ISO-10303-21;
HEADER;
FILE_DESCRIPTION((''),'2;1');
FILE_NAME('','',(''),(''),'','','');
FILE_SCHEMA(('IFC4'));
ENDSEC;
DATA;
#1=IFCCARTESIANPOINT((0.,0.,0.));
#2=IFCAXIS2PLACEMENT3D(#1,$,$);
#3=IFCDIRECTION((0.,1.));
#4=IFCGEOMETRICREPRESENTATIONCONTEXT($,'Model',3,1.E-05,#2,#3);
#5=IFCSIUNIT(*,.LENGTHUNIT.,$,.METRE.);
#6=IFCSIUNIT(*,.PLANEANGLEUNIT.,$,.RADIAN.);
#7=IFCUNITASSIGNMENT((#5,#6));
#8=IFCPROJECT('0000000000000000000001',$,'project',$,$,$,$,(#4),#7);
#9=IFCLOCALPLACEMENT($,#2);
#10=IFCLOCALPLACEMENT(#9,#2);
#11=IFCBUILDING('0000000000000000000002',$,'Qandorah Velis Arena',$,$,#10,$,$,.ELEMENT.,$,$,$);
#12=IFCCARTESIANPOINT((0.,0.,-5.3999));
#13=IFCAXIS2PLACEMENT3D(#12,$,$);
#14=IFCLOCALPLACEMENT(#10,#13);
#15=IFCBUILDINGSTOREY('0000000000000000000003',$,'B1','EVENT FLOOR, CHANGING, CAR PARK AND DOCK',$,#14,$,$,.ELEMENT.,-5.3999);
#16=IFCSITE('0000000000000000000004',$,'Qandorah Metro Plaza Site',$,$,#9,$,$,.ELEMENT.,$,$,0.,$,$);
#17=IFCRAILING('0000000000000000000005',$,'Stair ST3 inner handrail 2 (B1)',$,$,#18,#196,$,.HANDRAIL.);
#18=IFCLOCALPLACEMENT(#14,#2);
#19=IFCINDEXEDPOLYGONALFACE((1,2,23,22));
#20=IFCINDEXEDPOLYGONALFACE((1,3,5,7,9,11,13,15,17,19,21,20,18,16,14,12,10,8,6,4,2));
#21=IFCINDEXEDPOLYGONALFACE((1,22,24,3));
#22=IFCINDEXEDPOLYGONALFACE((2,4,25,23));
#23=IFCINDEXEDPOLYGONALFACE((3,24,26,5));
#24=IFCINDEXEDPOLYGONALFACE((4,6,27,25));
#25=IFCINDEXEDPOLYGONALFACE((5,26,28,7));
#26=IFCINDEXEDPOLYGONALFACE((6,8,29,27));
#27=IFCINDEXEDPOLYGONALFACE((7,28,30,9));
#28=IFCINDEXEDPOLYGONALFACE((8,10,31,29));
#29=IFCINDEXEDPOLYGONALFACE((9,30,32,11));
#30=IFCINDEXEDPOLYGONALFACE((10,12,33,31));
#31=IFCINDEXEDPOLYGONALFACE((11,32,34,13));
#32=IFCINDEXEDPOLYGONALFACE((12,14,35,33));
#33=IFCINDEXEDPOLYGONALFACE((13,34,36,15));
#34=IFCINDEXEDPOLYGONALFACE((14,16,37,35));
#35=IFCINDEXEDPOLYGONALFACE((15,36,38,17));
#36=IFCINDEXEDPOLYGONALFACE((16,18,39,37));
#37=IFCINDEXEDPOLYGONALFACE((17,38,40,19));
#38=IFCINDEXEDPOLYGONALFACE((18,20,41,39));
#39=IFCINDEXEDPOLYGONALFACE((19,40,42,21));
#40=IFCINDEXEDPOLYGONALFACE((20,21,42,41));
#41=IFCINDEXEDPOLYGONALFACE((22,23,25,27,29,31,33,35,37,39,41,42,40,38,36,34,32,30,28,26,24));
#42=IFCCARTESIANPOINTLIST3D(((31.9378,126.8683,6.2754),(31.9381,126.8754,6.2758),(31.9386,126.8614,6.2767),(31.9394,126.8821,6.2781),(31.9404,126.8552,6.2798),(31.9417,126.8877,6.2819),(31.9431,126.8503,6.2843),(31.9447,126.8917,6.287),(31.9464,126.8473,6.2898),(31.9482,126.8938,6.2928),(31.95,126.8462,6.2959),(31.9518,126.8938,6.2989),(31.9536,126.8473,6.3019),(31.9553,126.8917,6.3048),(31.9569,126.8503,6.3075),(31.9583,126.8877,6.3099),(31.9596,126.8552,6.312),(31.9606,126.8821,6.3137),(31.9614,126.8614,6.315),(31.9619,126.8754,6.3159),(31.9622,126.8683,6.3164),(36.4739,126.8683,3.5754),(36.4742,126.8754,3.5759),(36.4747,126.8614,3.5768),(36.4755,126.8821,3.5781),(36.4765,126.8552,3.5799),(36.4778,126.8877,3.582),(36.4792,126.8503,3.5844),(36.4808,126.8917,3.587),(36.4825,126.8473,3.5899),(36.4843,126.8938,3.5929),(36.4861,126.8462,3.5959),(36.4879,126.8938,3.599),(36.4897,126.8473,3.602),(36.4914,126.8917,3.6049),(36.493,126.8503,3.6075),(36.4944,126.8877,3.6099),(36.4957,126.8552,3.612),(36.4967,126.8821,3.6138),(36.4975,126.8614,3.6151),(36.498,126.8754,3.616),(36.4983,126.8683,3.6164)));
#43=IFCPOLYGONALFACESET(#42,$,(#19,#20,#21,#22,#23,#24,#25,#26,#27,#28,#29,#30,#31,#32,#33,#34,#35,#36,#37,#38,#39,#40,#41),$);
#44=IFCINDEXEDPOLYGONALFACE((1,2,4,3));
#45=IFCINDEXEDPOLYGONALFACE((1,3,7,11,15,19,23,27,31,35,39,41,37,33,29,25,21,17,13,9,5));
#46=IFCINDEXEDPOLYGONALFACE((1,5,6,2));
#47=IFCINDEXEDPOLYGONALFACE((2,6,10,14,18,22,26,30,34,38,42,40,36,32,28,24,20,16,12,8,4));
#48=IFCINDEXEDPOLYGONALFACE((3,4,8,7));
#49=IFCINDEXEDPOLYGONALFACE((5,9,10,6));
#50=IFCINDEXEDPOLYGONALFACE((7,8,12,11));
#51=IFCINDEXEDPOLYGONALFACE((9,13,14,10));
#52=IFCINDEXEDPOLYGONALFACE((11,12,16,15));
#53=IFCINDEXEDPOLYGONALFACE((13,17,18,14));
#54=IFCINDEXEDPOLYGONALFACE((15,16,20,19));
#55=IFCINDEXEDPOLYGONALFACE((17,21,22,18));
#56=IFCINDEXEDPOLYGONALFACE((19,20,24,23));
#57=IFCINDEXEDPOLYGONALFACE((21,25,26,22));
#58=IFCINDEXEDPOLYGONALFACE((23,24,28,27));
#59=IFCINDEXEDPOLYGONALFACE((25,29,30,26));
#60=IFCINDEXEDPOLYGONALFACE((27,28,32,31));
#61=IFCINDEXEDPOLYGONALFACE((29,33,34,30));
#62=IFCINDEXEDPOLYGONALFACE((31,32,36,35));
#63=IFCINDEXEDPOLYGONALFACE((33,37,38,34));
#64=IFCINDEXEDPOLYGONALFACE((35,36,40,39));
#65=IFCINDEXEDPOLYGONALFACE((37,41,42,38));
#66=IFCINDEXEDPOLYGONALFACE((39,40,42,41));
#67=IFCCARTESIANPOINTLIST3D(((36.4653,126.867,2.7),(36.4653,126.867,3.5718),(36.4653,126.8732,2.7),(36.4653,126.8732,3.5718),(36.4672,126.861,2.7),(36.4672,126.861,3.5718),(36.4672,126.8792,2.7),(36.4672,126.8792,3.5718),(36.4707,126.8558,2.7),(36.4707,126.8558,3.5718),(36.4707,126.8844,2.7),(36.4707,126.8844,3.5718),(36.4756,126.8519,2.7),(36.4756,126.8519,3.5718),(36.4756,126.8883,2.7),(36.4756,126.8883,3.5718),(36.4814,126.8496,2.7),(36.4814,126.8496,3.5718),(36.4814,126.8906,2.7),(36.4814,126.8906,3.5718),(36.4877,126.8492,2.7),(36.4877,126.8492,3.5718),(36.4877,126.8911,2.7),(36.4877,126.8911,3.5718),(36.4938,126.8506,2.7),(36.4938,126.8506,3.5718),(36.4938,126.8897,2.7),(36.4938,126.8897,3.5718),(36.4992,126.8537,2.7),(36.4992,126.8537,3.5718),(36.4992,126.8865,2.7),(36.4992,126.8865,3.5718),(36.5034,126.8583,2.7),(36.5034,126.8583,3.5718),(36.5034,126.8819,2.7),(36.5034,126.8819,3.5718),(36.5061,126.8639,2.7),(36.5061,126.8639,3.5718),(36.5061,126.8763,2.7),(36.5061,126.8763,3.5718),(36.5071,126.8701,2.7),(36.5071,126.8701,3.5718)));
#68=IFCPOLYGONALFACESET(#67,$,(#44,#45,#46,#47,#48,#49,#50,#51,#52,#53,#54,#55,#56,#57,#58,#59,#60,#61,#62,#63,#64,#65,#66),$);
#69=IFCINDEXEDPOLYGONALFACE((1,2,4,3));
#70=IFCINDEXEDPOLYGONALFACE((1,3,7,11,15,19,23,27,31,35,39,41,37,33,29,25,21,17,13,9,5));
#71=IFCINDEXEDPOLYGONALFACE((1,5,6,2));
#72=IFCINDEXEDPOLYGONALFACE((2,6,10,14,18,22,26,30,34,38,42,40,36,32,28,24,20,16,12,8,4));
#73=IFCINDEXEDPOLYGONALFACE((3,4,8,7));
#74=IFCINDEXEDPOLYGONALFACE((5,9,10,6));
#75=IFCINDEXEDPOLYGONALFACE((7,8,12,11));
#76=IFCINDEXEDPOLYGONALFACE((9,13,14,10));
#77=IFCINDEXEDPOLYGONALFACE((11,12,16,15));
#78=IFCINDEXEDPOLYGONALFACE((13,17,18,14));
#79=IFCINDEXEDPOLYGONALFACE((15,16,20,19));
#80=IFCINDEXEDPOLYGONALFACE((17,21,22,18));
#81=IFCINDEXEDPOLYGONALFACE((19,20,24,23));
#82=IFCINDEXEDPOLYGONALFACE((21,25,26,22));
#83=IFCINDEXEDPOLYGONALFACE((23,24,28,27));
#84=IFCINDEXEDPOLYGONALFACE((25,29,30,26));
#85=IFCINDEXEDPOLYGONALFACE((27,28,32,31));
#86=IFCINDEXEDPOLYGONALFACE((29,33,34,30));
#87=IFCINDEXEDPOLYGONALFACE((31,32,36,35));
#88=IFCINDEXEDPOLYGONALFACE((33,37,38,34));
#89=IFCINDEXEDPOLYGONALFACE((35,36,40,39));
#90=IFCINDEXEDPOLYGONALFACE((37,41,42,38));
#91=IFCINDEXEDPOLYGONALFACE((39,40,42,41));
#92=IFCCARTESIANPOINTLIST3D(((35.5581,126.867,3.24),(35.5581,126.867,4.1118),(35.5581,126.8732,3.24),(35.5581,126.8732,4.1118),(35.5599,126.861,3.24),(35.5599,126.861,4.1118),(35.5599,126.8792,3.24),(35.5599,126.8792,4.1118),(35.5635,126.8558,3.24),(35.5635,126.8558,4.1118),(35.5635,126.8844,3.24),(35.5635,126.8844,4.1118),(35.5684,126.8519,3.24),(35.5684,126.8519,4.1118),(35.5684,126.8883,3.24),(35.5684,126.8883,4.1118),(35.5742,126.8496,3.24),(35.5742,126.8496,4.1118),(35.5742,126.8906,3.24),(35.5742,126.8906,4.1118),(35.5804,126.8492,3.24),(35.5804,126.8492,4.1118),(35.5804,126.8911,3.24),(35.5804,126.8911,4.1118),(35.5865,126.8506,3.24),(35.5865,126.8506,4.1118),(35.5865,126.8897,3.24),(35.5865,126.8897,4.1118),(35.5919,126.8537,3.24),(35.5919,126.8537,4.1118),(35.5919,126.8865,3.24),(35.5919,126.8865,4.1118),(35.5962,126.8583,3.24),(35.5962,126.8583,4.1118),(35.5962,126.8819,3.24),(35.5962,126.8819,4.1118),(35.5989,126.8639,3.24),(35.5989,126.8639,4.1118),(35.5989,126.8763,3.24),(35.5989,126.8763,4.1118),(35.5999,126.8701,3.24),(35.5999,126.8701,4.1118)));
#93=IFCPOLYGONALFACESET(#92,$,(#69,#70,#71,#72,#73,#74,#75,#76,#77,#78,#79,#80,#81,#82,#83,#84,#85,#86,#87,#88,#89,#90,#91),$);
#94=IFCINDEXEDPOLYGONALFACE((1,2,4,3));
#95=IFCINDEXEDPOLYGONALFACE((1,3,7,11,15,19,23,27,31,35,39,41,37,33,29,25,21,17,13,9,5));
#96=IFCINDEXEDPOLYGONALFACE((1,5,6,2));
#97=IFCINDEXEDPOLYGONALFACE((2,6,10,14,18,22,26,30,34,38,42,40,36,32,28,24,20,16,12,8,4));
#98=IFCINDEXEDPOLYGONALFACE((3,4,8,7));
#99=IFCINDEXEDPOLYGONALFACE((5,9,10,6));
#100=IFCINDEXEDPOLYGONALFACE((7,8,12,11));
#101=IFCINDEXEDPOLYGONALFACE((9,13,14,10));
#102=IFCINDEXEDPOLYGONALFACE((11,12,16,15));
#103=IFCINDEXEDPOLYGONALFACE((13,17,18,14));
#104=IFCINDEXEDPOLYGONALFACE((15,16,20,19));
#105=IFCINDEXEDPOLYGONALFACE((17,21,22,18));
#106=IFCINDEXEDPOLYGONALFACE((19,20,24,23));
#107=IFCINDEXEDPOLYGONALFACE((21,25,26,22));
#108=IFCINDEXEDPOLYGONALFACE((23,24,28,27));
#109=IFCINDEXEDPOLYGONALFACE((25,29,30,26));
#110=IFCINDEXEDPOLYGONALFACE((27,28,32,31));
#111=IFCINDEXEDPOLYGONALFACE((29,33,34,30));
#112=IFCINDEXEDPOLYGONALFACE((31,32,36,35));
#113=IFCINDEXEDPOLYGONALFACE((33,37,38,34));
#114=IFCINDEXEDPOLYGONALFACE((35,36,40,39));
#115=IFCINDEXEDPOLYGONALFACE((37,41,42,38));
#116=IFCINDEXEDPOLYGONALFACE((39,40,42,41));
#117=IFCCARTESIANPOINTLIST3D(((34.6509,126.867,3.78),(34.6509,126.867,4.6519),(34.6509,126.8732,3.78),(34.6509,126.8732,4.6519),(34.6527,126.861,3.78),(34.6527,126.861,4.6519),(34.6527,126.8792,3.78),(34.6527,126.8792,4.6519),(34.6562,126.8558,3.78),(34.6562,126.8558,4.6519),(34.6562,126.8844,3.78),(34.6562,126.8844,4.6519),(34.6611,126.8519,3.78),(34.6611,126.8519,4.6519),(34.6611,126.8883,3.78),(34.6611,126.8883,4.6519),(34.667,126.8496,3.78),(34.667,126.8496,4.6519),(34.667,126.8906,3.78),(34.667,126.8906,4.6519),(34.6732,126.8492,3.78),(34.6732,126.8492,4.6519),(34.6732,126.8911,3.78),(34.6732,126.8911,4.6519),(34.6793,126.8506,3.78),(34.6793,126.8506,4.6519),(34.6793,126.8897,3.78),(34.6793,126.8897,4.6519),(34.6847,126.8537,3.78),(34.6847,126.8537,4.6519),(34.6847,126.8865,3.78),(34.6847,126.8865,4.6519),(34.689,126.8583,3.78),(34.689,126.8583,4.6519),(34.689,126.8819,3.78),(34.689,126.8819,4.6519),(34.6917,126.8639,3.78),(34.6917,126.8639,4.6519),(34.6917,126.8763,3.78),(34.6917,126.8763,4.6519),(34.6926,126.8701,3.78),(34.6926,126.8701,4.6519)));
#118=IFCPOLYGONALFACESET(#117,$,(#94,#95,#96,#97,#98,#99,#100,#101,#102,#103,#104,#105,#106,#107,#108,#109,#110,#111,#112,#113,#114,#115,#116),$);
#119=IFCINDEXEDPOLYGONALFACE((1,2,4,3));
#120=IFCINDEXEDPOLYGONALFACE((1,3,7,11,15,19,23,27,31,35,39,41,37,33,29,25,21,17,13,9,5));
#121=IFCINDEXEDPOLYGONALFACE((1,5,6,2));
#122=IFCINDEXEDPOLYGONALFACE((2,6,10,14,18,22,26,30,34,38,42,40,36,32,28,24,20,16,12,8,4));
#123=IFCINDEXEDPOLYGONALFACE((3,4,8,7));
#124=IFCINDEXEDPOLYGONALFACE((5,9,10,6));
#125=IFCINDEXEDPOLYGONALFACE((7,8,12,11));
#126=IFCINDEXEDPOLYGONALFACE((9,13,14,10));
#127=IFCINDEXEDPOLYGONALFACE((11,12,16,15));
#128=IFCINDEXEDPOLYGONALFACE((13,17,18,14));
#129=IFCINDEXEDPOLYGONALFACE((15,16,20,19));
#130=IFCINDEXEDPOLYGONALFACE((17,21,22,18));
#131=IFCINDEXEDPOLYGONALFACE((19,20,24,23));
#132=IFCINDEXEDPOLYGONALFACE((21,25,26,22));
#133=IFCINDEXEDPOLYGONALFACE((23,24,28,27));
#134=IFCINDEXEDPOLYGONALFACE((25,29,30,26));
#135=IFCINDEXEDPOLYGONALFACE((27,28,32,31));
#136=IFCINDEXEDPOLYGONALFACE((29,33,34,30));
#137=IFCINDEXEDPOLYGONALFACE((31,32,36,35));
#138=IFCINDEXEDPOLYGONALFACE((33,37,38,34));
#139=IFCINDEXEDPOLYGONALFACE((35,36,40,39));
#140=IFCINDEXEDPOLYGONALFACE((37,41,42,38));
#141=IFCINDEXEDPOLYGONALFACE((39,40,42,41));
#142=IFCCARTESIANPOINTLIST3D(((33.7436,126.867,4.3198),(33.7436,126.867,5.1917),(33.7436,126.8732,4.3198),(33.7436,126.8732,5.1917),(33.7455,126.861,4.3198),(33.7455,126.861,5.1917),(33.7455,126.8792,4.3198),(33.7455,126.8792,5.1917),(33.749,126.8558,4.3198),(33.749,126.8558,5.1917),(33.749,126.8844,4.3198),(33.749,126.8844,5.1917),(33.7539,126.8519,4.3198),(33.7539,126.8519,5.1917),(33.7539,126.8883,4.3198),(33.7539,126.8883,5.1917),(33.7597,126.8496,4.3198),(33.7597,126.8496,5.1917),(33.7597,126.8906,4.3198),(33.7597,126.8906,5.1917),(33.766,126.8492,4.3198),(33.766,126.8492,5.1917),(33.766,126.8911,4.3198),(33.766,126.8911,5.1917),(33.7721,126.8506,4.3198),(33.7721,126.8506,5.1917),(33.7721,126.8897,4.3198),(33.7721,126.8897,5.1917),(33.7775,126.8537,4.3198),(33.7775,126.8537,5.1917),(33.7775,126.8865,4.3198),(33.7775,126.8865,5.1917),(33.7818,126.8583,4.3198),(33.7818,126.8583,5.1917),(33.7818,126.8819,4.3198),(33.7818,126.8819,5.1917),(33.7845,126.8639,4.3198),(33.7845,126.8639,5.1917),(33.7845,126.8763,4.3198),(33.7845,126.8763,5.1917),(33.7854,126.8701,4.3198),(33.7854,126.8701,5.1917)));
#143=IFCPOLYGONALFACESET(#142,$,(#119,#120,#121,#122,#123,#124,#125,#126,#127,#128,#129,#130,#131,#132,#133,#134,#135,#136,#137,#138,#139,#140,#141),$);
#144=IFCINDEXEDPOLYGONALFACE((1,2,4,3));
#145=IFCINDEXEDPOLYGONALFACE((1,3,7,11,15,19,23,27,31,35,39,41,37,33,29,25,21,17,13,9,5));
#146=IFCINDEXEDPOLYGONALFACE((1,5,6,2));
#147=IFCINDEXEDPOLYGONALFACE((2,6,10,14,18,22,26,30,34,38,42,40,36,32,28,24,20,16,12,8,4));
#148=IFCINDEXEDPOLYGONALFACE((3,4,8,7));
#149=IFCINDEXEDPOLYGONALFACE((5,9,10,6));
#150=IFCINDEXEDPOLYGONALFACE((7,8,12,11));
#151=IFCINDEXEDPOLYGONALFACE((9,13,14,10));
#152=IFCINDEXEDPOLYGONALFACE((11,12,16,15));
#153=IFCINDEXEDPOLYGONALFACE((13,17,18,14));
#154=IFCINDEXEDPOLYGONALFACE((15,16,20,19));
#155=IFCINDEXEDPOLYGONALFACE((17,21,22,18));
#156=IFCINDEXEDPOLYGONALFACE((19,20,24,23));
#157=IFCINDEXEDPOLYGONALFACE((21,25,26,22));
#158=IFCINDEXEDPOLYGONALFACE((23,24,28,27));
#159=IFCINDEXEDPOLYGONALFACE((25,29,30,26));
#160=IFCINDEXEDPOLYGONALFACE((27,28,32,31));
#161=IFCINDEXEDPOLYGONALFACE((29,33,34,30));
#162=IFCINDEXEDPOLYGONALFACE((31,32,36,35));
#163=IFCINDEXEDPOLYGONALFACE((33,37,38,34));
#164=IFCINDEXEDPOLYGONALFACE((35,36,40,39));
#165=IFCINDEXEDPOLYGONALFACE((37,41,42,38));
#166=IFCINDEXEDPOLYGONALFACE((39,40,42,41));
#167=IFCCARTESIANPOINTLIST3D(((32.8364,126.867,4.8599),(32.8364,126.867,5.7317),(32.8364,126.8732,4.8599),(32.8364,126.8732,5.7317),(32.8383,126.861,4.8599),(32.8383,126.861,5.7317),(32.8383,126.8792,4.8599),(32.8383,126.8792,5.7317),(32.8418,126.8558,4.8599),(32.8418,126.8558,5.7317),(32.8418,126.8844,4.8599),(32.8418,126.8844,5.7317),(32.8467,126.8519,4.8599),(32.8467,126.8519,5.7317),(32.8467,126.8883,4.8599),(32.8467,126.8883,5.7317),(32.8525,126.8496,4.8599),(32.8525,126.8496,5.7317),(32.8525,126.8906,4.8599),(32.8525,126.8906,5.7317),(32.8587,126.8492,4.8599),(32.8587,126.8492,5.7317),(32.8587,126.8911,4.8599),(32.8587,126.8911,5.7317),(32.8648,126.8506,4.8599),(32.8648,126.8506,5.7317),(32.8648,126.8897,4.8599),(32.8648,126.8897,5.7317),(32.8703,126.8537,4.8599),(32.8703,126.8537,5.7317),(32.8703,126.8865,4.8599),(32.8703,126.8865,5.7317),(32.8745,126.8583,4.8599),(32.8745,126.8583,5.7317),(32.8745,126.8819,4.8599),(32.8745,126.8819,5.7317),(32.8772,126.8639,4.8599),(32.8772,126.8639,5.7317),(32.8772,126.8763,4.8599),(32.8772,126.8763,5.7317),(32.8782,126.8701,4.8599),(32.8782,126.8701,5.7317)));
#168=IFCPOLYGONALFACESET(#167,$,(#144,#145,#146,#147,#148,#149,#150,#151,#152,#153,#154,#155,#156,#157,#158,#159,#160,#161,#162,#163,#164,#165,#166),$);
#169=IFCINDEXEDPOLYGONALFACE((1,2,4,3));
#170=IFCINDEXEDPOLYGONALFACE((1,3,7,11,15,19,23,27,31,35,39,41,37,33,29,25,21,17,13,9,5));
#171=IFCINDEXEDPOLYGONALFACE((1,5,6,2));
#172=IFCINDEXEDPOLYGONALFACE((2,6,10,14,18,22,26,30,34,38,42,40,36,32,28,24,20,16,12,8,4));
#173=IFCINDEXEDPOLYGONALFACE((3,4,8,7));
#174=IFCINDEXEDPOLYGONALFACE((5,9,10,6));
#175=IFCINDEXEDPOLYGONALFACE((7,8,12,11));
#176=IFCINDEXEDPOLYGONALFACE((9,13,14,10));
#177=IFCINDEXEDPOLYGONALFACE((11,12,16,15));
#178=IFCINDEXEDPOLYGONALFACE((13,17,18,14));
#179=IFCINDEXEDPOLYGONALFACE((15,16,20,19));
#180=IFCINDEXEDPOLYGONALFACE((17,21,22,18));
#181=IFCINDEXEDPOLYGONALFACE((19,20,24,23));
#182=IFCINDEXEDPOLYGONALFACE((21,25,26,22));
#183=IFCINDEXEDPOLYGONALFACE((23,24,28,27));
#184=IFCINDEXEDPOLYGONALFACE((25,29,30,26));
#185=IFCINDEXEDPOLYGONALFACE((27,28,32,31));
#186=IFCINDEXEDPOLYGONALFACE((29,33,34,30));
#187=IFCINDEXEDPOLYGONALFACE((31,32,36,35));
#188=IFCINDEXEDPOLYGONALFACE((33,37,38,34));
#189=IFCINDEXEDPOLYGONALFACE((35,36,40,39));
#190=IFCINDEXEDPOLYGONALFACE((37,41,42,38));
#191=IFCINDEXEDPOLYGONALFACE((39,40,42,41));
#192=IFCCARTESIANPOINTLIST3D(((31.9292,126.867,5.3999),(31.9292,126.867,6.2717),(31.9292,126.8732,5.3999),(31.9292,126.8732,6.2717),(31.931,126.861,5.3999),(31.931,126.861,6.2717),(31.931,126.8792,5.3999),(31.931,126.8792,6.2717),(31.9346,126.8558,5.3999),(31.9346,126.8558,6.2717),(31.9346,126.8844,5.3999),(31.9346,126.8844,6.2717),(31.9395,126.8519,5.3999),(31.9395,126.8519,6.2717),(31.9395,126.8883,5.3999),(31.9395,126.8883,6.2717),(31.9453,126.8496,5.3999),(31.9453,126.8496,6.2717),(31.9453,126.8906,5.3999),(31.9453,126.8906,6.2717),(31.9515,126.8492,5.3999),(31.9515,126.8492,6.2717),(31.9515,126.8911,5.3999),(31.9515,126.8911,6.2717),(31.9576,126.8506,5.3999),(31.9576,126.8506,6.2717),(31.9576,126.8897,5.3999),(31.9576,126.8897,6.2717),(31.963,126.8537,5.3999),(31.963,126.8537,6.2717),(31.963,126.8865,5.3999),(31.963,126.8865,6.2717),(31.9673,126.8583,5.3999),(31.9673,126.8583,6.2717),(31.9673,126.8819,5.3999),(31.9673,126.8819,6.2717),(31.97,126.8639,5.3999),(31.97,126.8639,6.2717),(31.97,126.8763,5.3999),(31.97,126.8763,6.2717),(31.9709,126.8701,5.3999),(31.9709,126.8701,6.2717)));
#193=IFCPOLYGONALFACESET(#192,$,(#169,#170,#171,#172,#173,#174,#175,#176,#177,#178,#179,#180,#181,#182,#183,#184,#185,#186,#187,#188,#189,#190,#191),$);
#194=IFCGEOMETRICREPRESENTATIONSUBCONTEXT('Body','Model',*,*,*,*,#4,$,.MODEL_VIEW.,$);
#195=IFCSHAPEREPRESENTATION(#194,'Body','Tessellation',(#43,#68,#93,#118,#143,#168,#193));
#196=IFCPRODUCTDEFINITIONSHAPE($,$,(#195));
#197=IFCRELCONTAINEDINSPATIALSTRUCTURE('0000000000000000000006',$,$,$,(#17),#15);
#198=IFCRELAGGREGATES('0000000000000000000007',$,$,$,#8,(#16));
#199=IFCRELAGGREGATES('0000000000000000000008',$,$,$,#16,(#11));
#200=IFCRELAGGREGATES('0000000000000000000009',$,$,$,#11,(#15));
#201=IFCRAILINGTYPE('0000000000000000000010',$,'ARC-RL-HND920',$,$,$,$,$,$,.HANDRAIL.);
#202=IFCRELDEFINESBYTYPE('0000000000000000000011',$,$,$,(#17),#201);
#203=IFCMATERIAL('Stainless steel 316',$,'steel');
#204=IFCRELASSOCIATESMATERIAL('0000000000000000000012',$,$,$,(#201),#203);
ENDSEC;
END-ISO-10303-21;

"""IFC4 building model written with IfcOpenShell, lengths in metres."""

from ifc_helpers import new_model, si_unit, direction, frame, origin, origin_2d, place, context, subcontext, project, spatial, circle, extrude, material, type_object, element, save


model = new_model("IFC4")

# Units and contexts
model_context = context("Model", 3, precision=1e-05, world=origin(), true_north=direction((0.0, 1.0)))
body_context = subcontext(model_context, "Body", "Model", "MODEL_VIEW")
ifc_project = project(units=[si_unit("LENGTHUNIT", "METRE"), si_unit("PLANEANGLEUNIT", "RADIAN")], contexts=[model_context])

# Site, building, storey
site_placement = place(None, origin())
site = spatial("IfcSite", under=ifc_project, at=site_placement, Name="Qandorah Metro Plaza Site", CompositionType="ELEMENT", RefElevation=0.0)
building_placement = place(site_placement, origin())
building = spatial("IfcBuilding", under=site, at=building_placement, Name="Qandorah Velis Arena", CompositionType="ELEMENT")
storey_placement = place(building_placement, frame((0.0, 0.0, -5.3999)))
storey = spatial("IfcBuildingStorey", under=building, at=storey_placement, Name="B1", Description="EVENT FLOOR, CHANGING, CAR PARK AND DOCK", CompositionType="ELEMENT", Elevation=-5.3999)

# Railing
ifc_material_1 = material(Name="Stainless steel 316", Category="steel")
railing_type_1 = type_object("IfcRailingType", Name="ARC-RL-HND920", PredefinedType="HANDRAIL", material=ifc_material_1)
railing_1_placement = place(storey_placement, frame((36.4861, 126.8701, 2.7)))
element("IfcRailing", 1, at=railing_1_placement, inside=storey, type_object=railing_type_1, Name="Stair ST3 inner handrail 2 (B1)", PredefinedType="HANDRAIL", context=body_context, shape_type="SweptSolid", body=[
    extrude(circle(Radius=0.0239, at=origin_2d()), frame((0.0, 0.0, 0.896), z_axis=(-0.859304, 0.0, 0.511466), x_axis=(0.0, -1.0, 0.0)), (0.0, 0.0, 1.0), 5.2788),
    extrude(circle(Radius=0.021, at=origin_2d()), origin(), (0.0, 0.0, 1.0), 0.8718),
    extrude(circle(Radius=0.021, at=origin_2d()), frame((-0.9072, 0.0, 0.54)), (0.0, 0.0, 1.0), 0.8718),
    extrude(circle(Radius=0.021, at=origin_2d()), frame((-1.8145, 0.0, 1.0801)), (0.0, 0.0, 1.0), 0.8718),
    extrude(circle(Radius=0.021, at=origin_2d()), frame((-2.7217, 0.0, 1.6199)), (0.0, 0.0, 1.0), 0.8718),
    extrude(circle(Radius=0.021, at=origin_2d()), frame((-3.6289, 0.0, 2.1599)), (0.0, 0.0, 1.0), 0.8718),
    extrude(circle(Radius=0.021, at=origin_2d()), frame((-4.5361, 0.0, 2.7)), (0.0, 0.0, 1.0), 0.8718),
])

save(model, "model.ifc")
